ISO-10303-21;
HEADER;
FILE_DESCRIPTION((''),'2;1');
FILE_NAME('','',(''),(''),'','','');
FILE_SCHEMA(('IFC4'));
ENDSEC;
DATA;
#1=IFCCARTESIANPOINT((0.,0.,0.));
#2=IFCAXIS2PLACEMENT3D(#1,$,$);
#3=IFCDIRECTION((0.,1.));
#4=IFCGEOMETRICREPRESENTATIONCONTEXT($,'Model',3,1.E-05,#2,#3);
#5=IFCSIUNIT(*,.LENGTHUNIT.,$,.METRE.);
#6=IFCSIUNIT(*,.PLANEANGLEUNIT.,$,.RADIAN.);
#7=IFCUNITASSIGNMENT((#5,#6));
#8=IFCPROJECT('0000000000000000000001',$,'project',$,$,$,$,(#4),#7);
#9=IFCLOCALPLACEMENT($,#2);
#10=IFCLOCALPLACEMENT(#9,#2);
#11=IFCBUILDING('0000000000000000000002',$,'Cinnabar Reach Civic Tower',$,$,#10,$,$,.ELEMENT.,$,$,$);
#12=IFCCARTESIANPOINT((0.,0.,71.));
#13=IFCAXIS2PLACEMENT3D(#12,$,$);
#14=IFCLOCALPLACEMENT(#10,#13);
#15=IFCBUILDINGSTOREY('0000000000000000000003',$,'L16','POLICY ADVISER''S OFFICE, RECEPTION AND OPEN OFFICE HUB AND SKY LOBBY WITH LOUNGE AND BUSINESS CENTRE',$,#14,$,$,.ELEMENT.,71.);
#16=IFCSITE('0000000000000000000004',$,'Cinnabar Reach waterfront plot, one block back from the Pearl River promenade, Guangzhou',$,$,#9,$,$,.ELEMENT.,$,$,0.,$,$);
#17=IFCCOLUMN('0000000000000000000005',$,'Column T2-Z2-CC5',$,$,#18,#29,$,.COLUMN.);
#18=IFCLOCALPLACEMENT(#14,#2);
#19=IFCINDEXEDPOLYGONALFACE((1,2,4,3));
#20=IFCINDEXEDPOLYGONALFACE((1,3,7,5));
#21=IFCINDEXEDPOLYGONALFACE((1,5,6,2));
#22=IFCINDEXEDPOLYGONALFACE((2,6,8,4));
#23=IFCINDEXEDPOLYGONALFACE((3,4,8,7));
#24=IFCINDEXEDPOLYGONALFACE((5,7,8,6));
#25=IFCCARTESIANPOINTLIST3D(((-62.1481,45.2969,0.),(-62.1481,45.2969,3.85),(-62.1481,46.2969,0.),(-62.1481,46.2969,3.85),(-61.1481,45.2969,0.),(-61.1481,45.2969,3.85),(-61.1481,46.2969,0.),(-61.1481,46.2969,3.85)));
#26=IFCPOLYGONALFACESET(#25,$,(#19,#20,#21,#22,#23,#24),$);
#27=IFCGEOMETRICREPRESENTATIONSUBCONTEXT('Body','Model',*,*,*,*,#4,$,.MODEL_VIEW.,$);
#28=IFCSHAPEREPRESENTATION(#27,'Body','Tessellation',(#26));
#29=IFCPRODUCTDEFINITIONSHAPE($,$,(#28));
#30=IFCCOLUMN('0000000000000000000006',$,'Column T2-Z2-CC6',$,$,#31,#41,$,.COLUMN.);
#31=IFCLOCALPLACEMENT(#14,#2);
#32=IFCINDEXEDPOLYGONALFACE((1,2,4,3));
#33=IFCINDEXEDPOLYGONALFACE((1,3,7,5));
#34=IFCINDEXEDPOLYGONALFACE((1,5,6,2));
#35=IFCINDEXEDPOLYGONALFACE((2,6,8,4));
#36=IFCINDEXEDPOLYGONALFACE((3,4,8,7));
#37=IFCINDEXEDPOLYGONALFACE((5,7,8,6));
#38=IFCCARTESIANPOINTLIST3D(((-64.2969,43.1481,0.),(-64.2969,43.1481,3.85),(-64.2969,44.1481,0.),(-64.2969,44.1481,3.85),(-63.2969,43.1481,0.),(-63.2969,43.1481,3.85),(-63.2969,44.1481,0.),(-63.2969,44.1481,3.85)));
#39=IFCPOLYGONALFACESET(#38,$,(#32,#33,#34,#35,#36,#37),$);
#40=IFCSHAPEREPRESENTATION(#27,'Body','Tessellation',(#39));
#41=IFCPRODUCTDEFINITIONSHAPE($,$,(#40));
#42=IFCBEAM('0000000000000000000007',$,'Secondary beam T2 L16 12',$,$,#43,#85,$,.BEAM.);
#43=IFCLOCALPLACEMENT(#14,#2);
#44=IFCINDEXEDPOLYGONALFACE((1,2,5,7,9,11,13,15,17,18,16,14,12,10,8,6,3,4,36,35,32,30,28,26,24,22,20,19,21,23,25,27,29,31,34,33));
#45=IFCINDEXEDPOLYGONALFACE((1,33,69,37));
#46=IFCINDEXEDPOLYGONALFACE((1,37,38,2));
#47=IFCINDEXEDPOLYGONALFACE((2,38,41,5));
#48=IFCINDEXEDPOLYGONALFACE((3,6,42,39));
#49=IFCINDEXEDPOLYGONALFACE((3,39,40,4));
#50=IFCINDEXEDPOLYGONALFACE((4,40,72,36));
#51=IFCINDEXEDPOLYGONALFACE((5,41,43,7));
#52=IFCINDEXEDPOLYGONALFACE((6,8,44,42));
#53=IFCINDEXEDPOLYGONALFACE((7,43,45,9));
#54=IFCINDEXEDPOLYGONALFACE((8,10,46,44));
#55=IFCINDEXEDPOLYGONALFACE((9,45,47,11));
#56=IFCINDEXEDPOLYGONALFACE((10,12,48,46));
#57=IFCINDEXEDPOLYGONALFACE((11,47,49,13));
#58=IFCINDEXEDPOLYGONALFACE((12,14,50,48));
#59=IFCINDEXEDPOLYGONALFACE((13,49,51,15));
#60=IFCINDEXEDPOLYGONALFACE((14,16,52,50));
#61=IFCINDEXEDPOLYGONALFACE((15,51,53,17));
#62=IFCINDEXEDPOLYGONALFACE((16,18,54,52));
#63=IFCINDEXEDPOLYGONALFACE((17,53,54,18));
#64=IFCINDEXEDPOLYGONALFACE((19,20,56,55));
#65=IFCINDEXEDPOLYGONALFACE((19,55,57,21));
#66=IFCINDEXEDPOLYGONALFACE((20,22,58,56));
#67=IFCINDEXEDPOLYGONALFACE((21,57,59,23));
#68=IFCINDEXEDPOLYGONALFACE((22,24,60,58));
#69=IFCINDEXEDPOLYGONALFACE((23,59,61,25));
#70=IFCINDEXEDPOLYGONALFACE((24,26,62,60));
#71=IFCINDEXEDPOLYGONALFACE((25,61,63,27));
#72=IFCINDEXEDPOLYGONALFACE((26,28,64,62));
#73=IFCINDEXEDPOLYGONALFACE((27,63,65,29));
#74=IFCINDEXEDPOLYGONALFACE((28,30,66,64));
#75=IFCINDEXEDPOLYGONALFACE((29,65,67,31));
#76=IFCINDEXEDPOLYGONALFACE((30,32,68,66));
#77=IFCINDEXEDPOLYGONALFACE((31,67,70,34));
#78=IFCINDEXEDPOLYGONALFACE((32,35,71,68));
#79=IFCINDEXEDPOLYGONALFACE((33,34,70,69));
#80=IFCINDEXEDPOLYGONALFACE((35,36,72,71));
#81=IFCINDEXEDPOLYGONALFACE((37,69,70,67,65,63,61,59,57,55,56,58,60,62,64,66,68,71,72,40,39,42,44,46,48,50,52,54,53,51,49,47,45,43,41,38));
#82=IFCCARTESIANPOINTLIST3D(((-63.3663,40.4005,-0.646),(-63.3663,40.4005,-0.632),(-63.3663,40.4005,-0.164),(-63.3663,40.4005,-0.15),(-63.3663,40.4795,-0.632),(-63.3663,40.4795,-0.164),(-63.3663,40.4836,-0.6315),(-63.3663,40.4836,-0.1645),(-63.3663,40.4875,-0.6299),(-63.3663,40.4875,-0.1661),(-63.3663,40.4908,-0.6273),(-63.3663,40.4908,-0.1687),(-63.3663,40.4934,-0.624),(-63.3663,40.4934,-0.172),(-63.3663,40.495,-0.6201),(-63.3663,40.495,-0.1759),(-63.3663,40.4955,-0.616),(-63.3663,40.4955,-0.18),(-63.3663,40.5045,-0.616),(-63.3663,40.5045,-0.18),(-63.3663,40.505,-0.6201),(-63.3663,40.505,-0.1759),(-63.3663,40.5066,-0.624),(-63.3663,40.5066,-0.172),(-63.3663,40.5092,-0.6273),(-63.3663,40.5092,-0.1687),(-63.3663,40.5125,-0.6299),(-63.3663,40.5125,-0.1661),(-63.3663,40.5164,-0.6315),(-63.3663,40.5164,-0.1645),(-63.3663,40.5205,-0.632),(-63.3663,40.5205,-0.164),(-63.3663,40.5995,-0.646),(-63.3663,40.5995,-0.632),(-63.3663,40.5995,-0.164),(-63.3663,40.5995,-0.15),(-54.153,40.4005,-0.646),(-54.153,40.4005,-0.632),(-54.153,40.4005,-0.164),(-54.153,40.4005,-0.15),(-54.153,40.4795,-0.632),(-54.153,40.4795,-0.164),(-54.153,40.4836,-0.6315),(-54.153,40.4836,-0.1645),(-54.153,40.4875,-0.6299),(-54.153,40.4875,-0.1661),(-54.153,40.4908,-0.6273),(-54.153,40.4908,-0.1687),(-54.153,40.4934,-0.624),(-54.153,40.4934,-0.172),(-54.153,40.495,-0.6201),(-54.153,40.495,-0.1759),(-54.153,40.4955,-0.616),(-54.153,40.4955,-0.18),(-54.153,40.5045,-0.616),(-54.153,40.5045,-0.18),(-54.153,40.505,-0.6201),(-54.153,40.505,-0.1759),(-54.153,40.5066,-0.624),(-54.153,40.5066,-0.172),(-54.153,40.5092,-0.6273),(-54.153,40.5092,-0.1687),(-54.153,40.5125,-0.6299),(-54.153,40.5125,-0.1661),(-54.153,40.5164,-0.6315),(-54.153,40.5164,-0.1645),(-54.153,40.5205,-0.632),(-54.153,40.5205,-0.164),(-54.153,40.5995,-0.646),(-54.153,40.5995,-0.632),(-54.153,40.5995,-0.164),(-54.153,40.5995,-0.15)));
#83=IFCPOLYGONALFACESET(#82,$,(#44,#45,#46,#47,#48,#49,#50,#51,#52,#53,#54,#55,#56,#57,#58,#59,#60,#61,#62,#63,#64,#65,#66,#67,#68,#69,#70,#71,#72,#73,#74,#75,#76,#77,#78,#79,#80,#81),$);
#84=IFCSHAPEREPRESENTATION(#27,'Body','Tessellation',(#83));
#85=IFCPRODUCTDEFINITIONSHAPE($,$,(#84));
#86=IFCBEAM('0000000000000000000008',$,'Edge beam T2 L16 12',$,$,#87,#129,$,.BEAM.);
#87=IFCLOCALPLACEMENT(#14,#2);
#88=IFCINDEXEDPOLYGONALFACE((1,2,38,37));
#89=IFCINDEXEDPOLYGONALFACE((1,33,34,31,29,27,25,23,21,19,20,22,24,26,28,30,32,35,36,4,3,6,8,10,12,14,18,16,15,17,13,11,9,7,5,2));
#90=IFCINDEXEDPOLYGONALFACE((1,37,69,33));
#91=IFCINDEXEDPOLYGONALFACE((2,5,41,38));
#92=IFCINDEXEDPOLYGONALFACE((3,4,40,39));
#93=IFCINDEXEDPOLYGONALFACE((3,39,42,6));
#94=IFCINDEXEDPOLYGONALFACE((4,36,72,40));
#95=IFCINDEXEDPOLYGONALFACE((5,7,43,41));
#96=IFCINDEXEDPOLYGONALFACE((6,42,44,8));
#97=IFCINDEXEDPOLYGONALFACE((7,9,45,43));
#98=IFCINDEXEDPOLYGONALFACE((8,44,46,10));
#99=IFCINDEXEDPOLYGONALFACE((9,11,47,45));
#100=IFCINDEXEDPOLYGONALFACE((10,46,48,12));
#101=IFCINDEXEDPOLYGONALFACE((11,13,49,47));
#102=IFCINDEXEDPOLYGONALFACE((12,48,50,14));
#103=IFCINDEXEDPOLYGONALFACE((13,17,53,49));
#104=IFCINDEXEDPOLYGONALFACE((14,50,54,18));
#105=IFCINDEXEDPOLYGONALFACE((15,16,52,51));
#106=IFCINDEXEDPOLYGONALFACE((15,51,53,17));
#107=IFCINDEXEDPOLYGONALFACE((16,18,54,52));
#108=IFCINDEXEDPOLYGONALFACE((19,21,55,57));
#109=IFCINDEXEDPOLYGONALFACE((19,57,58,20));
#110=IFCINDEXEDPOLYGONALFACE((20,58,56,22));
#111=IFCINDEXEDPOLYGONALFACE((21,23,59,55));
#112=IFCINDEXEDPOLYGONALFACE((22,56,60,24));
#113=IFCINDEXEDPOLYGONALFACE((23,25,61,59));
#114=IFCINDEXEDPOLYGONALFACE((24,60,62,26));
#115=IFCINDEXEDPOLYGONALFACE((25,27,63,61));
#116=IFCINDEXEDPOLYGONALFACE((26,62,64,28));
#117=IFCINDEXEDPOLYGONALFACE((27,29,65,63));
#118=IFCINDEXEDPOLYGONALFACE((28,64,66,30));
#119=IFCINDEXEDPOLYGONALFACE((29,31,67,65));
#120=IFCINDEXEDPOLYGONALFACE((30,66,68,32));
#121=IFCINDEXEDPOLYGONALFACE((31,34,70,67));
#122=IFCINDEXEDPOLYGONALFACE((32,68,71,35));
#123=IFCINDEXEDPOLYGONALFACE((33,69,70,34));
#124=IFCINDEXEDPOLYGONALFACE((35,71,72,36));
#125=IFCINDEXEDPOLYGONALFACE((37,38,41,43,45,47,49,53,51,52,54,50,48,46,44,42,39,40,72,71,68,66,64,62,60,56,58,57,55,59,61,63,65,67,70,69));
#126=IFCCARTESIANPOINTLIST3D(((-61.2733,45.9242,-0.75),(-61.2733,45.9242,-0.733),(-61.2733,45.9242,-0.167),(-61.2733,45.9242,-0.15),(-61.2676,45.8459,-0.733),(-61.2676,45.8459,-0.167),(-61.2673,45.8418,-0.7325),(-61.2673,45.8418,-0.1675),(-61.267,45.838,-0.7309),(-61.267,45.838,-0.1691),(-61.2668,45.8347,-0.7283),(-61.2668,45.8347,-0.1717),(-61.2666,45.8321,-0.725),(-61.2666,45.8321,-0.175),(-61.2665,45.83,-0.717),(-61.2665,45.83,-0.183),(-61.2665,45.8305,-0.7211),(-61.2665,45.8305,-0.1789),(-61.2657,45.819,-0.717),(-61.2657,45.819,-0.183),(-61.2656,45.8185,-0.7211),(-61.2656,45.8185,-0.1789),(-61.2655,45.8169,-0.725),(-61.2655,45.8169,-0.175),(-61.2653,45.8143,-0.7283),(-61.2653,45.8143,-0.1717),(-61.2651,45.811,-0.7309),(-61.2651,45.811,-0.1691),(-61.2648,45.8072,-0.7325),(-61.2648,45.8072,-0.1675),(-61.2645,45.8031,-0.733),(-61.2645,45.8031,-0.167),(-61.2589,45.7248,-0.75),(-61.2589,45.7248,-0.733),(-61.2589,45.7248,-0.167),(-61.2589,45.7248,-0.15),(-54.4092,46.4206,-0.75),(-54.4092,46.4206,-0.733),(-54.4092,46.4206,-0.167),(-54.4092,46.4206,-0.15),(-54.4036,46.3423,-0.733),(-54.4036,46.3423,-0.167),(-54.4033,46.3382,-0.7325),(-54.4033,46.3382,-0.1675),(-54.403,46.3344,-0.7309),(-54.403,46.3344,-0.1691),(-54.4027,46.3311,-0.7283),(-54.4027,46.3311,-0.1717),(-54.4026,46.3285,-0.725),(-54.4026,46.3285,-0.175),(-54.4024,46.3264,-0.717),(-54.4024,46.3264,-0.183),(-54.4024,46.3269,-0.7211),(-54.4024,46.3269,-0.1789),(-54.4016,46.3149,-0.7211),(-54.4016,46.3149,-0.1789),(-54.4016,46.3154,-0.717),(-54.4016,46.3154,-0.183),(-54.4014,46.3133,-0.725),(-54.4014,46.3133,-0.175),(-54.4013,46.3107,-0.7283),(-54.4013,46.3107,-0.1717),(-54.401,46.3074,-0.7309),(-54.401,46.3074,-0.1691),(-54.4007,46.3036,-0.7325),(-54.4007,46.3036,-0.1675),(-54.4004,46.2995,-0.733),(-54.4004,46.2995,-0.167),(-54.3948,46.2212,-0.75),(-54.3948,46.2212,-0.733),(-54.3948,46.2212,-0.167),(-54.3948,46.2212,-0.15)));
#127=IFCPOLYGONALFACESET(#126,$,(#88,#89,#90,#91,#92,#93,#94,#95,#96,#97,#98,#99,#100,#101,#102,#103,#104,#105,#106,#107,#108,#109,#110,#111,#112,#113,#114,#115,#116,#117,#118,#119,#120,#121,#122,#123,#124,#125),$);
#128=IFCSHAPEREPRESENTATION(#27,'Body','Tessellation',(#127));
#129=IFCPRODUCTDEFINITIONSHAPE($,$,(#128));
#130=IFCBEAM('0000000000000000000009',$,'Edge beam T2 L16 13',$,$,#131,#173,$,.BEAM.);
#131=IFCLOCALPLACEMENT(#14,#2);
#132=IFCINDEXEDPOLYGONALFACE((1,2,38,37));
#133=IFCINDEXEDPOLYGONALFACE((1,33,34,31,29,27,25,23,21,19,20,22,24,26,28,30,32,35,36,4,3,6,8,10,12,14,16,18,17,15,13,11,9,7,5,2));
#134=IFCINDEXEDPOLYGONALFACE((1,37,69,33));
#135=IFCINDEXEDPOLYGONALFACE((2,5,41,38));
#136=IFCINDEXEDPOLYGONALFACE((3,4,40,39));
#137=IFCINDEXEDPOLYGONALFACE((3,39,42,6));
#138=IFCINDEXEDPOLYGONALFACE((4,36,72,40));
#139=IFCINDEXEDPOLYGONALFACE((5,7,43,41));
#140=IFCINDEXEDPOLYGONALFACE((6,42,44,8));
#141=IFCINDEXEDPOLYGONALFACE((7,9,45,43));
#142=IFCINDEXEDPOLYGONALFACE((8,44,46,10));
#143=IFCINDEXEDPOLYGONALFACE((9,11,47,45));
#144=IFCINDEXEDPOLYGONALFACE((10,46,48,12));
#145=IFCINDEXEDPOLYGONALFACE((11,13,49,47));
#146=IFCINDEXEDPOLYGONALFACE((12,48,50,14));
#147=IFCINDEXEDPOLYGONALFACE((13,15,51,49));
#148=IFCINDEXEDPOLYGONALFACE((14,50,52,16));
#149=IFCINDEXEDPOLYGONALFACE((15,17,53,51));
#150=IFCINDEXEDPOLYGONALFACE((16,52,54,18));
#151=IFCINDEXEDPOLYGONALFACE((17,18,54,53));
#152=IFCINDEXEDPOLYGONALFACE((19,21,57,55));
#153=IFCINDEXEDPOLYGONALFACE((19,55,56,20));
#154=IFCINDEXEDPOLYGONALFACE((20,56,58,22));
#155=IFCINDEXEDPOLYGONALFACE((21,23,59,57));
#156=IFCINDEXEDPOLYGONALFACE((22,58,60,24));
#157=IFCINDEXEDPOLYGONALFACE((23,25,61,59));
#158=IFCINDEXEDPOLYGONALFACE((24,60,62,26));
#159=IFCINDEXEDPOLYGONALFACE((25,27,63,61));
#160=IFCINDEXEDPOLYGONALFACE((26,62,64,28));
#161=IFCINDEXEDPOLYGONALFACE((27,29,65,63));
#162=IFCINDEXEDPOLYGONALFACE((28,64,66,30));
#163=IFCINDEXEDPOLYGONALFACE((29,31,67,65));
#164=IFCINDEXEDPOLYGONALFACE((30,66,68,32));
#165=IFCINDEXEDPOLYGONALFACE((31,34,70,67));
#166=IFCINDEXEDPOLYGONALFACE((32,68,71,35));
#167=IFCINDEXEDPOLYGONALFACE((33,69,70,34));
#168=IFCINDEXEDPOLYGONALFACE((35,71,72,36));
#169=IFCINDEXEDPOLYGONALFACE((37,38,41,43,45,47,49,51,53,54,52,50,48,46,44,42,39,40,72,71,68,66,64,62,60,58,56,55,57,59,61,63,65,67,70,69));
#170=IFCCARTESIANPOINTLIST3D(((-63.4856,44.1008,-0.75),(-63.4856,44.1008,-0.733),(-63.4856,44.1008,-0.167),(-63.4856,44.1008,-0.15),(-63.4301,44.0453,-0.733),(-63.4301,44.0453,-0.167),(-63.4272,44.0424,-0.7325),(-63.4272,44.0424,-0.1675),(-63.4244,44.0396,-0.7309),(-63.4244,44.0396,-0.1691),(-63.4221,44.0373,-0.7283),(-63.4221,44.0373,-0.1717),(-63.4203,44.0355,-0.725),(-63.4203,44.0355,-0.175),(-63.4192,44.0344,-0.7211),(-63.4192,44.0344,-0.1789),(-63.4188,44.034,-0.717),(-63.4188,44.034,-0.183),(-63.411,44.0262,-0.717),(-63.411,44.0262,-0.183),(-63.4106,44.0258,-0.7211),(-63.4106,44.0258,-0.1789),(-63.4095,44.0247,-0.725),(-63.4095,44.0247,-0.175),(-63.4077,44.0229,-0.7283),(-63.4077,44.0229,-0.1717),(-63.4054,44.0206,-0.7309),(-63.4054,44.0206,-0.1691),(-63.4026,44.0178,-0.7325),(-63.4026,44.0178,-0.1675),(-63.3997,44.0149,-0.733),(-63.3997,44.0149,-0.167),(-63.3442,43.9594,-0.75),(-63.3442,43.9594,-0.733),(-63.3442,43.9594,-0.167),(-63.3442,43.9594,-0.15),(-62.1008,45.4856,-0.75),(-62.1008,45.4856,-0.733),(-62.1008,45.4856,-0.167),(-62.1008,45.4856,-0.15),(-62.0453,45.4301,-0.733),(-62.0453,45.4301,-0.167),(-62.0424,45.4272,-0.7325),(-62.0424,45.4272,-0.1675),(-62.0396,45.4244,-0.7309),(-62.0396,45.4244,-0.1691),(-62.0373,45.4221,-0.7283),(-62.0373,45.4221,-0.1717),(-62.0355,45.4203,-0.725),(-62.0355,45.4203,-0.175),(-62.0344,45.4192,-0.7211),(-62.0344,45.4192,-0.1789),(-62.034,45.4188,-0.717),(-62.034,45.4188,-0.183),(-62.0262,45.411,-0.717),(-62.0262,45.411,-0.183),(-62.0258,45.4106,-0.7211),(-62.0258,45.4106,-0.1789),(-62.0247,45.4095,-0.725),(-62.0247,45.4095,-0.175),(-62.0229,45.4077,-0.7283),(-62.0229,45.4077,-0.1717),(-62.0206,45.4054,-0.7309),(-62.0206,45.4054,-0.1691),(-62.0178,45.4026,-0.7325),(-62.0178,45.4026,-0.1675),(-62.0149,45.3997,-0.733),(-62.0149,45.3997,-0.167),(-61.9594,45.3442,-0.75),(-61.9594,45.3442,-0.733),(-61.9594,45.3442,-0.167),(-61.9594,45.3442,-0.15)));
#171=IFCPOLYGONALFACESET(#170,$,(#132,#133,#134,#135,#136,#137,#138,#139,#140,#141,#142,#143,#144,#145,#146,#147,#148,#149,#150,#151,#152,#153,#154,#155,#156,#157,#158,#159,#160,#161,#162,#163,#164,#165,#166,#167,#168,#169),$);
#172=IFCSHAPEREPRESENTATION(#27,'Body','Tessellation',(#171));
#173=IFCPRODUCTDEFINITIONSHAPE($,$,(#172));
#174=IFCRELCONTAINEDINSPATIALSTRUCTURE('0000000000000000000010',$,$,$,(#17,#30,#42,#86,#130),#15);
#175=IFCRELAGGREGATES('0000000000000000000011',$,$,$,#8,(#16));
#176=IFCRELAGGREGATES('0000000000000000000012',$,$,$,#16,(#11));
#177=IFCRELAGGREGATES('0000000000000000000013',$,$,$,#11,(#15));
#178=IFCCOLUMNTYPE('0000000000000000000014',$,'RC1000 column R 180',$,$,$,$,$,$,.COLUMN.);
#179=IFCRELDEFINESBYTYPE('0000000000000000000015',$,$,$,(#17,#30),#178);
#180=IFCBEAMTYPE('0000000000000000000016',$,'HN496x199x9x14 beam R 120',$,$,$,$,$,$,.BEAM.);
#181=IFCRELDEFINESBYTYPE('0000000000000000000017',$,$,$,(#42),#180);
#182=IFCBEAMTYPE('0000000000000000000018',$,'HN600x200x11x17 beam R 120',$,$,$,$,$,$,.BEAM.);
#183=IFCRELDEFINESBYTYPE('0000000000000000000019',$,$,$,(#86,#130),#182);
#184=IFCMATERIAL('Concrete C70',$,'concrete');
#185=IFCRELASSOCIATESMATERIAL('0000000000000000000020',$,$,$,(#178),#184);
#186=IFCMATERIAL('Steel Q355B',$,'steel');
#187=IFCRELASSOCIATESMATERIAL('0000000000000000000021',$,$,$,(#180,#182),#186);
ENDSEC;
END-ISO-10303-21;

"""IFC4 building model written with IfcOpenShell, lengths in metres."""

from ifc_helpers import new_model, si_unit, direction, frame, origin, origin_2d, place, context, subcontext, project, spatial, rectangle, i_section, extrude, material, material_profile, profile_set, type_object, element, save


model = new_model("IFC4")

# Units and contexts
model_context = context("Model", 3, precision=1e-05, world=origin(), true_north=direction((0.0, 1.0)))
body_context = subcontext(model_context, "Body", "Model", "MODEL_VIEW")
ifc_project = project(units=[si_unit("LENGTHUNIT", "METRE"), si_unit("PLANEANGLEUNIT", "RADIAN")], contexts=[model_context])

# Site, building, storey
site_placement = place(None, origin())
site = spatial("IfcSite", under=ifc_project, at=site_placement, Name="Cinnabar Reach waterfront plot, one block back from the Pearl River promenade, Guangzhou", CompositionType="ELEMENT", RefElevation=0.0)
building_placement = place(site_placement, origin())
building = spatial("IfcBuilding", under=site, at=building_placement, Name="Cinnabar Reach Civic Tower", CompositionType="ELEMENT")
storey_placement = place(building_placement, frame((0.0, 0.0, 71.0)))
storey = spatial("IfcBuildingStorey", under=building, at=storey_placement, Name="L16", Description="POLICY ADVISER'S OFFICE, RECEPTION AND OPEN OFFICE HUB AND SKY LOBBY WITH LOUNGE AND BUSINESS CENTRE", CompositionType="ELEMENT", Elevation=71.0)

# Columns
ifc_material_1 = material(Name="Concrete C70", Category="concrete")
ifc_material_profile_1 = material_profile(ifc_material_1, rectangle(XDim=1.0, YDim=1.0, at=origin_2d()), Name="RC1000")
ifc_profile_set_1 = profile_set([ifc_material_profile_1], Name="Concrete C70")
column_type = type_object("IfcColumnType", Name="RC1000 column R 180", PredefinedType="COLUMN", material=ifc_profile_set_1)
for number, where, z_axis, x_axis, name in (
    (1, (-61.6481, 45.7969, 0.0), (0.0, 0.0, 1.0), (1.0, 0.0, 0.0), "Column T2-Z2-CC5"),
    (2, (-63.7969, 43.6481, 0.0), (0.0, 0.0, 1.0), (1.0, 0.0, 0.0), "Column T2-Z2-CC6"),
):
    element("IfcColumn", number, at=place(storey_placement, frame(where, z_axis=z_axis, x_axis=x_axis)), inside=storey, type_object=column_type, Name=name, PredefinedType="COLUMN", context=body_context, shape_type="SweptSolid", body=[
        extrude(rectangle(XDim=1.0, YDim=1.0, at=origin_2d()), origin(), (0.0, 0.0, 1.0), 3.85),
    ])

# Beams
ifc_material_2 = material(Name="Steel Q355B", Category="steel")
ifc_material_profile_2 = material_profile(ifc_material_2, i_section(OverallWidth=0.199, OverallDepth=0.496, WebThickness=0.009, FlangeThickness=0.014, FilletRadius=0.016, at=origin_2d()), Name="HN496x199x9x14")
ifc_profile_set_2 = profile_set([ifc_material_profile_2], Name="Steel Q355B")
beam_type_1 = type_object("IfcBeamType", Name="HN496x199x9x14 beam R 120", PredefinedType="BEAM", material=ifc_profile_set_2)
beam_1_placement = place(storey_placement, frame((-63.3663, 40.5, -0.398), z_axis=(1.0, 0.0, 0.0), x_axis=(0.0, 1.0, 0.0)))
element("IfcBeam", 3, at=beam_1_placement, inside=storey, type_object=beam_type_1, Name="Secondary beam T2 L16 12", PredefinedType="BEAM", context=body_context, shape_type="SweptSolid", body=[
    extrude(i_section(OverallWidth=0.199, OverallDepth=0.496, WebThickness=0.009, FlangeThickness=0.014, FilletRadius=0.016, at=origin_2d()), origin(), (0.0, 0.0, 1.0), 9.2133),
])
ifc_material_profile_3 = material_profile(ifc_material_2, i_section(OverallWidth=0.2, OverallDepth=0.6, WebThickness=0.011, FlangeThickness=0.017, FilletRadius=0.016, at=origin_2d()), Name="HN600x200x11x17")
ifc_profile_set_3 = profile_set([ifc_material_profile_3], Name="Steel Q355B")
beam_type_2 = type_object("IfcBeamType", Name="HN600x200x11x17 beam R 120", PredefinedType="BEAM", material=ifc_profile_set_3)
beam_2_placement = place(storey_placement, frame((-54.402, 46.3209, -0.45), z_axis=(-0.997395, -0.07213, 0.0), x_axis=(0.07213, -0.997395, 0.0)))
element("IfcBeam", 4, at=beam_2_placement, inside=storey, type_object=beam_type_2, Name="Edge beam T2 L16 12", PredefinedType="BEAM", context=body_context, shape_type="SweptSolid", body=[
    extrude(i_section(OverallWidth=0.2, OverallDepth=0.6, WebThickness=0.011, FlangeThickness=0.017, FilletRadius=0.016, at=origin_2d()), origin(), (0.0, 0.0, 1.0), 6.882),
])
beam_3_placement = place(storey_placement, frame((-62.0301, 45.4149, -0.45), z_axis=(-0.707107, -0.707107, 0.0), x_axis=(0.707107, -0.707107, 0.0)))
element("IfcBeam", 5, at=beam_3_placement, inside=storey, type_object=beam_type_2, Name="Edge beam T2 L16 13", PredefinedType="BEAM", context=body_context, shape_type="SweptSolid", body=[
    extrude(i_section(OverallWidth=0.2, OverallDepth=0.6, WebThickness=0.011, FlangeThickness=0.017, FilletRadius=0.016, at=origin_2d()), origin(), (0.0, 0.0, 1.0), 1.9584),
])

save(model, "model.ifc")
